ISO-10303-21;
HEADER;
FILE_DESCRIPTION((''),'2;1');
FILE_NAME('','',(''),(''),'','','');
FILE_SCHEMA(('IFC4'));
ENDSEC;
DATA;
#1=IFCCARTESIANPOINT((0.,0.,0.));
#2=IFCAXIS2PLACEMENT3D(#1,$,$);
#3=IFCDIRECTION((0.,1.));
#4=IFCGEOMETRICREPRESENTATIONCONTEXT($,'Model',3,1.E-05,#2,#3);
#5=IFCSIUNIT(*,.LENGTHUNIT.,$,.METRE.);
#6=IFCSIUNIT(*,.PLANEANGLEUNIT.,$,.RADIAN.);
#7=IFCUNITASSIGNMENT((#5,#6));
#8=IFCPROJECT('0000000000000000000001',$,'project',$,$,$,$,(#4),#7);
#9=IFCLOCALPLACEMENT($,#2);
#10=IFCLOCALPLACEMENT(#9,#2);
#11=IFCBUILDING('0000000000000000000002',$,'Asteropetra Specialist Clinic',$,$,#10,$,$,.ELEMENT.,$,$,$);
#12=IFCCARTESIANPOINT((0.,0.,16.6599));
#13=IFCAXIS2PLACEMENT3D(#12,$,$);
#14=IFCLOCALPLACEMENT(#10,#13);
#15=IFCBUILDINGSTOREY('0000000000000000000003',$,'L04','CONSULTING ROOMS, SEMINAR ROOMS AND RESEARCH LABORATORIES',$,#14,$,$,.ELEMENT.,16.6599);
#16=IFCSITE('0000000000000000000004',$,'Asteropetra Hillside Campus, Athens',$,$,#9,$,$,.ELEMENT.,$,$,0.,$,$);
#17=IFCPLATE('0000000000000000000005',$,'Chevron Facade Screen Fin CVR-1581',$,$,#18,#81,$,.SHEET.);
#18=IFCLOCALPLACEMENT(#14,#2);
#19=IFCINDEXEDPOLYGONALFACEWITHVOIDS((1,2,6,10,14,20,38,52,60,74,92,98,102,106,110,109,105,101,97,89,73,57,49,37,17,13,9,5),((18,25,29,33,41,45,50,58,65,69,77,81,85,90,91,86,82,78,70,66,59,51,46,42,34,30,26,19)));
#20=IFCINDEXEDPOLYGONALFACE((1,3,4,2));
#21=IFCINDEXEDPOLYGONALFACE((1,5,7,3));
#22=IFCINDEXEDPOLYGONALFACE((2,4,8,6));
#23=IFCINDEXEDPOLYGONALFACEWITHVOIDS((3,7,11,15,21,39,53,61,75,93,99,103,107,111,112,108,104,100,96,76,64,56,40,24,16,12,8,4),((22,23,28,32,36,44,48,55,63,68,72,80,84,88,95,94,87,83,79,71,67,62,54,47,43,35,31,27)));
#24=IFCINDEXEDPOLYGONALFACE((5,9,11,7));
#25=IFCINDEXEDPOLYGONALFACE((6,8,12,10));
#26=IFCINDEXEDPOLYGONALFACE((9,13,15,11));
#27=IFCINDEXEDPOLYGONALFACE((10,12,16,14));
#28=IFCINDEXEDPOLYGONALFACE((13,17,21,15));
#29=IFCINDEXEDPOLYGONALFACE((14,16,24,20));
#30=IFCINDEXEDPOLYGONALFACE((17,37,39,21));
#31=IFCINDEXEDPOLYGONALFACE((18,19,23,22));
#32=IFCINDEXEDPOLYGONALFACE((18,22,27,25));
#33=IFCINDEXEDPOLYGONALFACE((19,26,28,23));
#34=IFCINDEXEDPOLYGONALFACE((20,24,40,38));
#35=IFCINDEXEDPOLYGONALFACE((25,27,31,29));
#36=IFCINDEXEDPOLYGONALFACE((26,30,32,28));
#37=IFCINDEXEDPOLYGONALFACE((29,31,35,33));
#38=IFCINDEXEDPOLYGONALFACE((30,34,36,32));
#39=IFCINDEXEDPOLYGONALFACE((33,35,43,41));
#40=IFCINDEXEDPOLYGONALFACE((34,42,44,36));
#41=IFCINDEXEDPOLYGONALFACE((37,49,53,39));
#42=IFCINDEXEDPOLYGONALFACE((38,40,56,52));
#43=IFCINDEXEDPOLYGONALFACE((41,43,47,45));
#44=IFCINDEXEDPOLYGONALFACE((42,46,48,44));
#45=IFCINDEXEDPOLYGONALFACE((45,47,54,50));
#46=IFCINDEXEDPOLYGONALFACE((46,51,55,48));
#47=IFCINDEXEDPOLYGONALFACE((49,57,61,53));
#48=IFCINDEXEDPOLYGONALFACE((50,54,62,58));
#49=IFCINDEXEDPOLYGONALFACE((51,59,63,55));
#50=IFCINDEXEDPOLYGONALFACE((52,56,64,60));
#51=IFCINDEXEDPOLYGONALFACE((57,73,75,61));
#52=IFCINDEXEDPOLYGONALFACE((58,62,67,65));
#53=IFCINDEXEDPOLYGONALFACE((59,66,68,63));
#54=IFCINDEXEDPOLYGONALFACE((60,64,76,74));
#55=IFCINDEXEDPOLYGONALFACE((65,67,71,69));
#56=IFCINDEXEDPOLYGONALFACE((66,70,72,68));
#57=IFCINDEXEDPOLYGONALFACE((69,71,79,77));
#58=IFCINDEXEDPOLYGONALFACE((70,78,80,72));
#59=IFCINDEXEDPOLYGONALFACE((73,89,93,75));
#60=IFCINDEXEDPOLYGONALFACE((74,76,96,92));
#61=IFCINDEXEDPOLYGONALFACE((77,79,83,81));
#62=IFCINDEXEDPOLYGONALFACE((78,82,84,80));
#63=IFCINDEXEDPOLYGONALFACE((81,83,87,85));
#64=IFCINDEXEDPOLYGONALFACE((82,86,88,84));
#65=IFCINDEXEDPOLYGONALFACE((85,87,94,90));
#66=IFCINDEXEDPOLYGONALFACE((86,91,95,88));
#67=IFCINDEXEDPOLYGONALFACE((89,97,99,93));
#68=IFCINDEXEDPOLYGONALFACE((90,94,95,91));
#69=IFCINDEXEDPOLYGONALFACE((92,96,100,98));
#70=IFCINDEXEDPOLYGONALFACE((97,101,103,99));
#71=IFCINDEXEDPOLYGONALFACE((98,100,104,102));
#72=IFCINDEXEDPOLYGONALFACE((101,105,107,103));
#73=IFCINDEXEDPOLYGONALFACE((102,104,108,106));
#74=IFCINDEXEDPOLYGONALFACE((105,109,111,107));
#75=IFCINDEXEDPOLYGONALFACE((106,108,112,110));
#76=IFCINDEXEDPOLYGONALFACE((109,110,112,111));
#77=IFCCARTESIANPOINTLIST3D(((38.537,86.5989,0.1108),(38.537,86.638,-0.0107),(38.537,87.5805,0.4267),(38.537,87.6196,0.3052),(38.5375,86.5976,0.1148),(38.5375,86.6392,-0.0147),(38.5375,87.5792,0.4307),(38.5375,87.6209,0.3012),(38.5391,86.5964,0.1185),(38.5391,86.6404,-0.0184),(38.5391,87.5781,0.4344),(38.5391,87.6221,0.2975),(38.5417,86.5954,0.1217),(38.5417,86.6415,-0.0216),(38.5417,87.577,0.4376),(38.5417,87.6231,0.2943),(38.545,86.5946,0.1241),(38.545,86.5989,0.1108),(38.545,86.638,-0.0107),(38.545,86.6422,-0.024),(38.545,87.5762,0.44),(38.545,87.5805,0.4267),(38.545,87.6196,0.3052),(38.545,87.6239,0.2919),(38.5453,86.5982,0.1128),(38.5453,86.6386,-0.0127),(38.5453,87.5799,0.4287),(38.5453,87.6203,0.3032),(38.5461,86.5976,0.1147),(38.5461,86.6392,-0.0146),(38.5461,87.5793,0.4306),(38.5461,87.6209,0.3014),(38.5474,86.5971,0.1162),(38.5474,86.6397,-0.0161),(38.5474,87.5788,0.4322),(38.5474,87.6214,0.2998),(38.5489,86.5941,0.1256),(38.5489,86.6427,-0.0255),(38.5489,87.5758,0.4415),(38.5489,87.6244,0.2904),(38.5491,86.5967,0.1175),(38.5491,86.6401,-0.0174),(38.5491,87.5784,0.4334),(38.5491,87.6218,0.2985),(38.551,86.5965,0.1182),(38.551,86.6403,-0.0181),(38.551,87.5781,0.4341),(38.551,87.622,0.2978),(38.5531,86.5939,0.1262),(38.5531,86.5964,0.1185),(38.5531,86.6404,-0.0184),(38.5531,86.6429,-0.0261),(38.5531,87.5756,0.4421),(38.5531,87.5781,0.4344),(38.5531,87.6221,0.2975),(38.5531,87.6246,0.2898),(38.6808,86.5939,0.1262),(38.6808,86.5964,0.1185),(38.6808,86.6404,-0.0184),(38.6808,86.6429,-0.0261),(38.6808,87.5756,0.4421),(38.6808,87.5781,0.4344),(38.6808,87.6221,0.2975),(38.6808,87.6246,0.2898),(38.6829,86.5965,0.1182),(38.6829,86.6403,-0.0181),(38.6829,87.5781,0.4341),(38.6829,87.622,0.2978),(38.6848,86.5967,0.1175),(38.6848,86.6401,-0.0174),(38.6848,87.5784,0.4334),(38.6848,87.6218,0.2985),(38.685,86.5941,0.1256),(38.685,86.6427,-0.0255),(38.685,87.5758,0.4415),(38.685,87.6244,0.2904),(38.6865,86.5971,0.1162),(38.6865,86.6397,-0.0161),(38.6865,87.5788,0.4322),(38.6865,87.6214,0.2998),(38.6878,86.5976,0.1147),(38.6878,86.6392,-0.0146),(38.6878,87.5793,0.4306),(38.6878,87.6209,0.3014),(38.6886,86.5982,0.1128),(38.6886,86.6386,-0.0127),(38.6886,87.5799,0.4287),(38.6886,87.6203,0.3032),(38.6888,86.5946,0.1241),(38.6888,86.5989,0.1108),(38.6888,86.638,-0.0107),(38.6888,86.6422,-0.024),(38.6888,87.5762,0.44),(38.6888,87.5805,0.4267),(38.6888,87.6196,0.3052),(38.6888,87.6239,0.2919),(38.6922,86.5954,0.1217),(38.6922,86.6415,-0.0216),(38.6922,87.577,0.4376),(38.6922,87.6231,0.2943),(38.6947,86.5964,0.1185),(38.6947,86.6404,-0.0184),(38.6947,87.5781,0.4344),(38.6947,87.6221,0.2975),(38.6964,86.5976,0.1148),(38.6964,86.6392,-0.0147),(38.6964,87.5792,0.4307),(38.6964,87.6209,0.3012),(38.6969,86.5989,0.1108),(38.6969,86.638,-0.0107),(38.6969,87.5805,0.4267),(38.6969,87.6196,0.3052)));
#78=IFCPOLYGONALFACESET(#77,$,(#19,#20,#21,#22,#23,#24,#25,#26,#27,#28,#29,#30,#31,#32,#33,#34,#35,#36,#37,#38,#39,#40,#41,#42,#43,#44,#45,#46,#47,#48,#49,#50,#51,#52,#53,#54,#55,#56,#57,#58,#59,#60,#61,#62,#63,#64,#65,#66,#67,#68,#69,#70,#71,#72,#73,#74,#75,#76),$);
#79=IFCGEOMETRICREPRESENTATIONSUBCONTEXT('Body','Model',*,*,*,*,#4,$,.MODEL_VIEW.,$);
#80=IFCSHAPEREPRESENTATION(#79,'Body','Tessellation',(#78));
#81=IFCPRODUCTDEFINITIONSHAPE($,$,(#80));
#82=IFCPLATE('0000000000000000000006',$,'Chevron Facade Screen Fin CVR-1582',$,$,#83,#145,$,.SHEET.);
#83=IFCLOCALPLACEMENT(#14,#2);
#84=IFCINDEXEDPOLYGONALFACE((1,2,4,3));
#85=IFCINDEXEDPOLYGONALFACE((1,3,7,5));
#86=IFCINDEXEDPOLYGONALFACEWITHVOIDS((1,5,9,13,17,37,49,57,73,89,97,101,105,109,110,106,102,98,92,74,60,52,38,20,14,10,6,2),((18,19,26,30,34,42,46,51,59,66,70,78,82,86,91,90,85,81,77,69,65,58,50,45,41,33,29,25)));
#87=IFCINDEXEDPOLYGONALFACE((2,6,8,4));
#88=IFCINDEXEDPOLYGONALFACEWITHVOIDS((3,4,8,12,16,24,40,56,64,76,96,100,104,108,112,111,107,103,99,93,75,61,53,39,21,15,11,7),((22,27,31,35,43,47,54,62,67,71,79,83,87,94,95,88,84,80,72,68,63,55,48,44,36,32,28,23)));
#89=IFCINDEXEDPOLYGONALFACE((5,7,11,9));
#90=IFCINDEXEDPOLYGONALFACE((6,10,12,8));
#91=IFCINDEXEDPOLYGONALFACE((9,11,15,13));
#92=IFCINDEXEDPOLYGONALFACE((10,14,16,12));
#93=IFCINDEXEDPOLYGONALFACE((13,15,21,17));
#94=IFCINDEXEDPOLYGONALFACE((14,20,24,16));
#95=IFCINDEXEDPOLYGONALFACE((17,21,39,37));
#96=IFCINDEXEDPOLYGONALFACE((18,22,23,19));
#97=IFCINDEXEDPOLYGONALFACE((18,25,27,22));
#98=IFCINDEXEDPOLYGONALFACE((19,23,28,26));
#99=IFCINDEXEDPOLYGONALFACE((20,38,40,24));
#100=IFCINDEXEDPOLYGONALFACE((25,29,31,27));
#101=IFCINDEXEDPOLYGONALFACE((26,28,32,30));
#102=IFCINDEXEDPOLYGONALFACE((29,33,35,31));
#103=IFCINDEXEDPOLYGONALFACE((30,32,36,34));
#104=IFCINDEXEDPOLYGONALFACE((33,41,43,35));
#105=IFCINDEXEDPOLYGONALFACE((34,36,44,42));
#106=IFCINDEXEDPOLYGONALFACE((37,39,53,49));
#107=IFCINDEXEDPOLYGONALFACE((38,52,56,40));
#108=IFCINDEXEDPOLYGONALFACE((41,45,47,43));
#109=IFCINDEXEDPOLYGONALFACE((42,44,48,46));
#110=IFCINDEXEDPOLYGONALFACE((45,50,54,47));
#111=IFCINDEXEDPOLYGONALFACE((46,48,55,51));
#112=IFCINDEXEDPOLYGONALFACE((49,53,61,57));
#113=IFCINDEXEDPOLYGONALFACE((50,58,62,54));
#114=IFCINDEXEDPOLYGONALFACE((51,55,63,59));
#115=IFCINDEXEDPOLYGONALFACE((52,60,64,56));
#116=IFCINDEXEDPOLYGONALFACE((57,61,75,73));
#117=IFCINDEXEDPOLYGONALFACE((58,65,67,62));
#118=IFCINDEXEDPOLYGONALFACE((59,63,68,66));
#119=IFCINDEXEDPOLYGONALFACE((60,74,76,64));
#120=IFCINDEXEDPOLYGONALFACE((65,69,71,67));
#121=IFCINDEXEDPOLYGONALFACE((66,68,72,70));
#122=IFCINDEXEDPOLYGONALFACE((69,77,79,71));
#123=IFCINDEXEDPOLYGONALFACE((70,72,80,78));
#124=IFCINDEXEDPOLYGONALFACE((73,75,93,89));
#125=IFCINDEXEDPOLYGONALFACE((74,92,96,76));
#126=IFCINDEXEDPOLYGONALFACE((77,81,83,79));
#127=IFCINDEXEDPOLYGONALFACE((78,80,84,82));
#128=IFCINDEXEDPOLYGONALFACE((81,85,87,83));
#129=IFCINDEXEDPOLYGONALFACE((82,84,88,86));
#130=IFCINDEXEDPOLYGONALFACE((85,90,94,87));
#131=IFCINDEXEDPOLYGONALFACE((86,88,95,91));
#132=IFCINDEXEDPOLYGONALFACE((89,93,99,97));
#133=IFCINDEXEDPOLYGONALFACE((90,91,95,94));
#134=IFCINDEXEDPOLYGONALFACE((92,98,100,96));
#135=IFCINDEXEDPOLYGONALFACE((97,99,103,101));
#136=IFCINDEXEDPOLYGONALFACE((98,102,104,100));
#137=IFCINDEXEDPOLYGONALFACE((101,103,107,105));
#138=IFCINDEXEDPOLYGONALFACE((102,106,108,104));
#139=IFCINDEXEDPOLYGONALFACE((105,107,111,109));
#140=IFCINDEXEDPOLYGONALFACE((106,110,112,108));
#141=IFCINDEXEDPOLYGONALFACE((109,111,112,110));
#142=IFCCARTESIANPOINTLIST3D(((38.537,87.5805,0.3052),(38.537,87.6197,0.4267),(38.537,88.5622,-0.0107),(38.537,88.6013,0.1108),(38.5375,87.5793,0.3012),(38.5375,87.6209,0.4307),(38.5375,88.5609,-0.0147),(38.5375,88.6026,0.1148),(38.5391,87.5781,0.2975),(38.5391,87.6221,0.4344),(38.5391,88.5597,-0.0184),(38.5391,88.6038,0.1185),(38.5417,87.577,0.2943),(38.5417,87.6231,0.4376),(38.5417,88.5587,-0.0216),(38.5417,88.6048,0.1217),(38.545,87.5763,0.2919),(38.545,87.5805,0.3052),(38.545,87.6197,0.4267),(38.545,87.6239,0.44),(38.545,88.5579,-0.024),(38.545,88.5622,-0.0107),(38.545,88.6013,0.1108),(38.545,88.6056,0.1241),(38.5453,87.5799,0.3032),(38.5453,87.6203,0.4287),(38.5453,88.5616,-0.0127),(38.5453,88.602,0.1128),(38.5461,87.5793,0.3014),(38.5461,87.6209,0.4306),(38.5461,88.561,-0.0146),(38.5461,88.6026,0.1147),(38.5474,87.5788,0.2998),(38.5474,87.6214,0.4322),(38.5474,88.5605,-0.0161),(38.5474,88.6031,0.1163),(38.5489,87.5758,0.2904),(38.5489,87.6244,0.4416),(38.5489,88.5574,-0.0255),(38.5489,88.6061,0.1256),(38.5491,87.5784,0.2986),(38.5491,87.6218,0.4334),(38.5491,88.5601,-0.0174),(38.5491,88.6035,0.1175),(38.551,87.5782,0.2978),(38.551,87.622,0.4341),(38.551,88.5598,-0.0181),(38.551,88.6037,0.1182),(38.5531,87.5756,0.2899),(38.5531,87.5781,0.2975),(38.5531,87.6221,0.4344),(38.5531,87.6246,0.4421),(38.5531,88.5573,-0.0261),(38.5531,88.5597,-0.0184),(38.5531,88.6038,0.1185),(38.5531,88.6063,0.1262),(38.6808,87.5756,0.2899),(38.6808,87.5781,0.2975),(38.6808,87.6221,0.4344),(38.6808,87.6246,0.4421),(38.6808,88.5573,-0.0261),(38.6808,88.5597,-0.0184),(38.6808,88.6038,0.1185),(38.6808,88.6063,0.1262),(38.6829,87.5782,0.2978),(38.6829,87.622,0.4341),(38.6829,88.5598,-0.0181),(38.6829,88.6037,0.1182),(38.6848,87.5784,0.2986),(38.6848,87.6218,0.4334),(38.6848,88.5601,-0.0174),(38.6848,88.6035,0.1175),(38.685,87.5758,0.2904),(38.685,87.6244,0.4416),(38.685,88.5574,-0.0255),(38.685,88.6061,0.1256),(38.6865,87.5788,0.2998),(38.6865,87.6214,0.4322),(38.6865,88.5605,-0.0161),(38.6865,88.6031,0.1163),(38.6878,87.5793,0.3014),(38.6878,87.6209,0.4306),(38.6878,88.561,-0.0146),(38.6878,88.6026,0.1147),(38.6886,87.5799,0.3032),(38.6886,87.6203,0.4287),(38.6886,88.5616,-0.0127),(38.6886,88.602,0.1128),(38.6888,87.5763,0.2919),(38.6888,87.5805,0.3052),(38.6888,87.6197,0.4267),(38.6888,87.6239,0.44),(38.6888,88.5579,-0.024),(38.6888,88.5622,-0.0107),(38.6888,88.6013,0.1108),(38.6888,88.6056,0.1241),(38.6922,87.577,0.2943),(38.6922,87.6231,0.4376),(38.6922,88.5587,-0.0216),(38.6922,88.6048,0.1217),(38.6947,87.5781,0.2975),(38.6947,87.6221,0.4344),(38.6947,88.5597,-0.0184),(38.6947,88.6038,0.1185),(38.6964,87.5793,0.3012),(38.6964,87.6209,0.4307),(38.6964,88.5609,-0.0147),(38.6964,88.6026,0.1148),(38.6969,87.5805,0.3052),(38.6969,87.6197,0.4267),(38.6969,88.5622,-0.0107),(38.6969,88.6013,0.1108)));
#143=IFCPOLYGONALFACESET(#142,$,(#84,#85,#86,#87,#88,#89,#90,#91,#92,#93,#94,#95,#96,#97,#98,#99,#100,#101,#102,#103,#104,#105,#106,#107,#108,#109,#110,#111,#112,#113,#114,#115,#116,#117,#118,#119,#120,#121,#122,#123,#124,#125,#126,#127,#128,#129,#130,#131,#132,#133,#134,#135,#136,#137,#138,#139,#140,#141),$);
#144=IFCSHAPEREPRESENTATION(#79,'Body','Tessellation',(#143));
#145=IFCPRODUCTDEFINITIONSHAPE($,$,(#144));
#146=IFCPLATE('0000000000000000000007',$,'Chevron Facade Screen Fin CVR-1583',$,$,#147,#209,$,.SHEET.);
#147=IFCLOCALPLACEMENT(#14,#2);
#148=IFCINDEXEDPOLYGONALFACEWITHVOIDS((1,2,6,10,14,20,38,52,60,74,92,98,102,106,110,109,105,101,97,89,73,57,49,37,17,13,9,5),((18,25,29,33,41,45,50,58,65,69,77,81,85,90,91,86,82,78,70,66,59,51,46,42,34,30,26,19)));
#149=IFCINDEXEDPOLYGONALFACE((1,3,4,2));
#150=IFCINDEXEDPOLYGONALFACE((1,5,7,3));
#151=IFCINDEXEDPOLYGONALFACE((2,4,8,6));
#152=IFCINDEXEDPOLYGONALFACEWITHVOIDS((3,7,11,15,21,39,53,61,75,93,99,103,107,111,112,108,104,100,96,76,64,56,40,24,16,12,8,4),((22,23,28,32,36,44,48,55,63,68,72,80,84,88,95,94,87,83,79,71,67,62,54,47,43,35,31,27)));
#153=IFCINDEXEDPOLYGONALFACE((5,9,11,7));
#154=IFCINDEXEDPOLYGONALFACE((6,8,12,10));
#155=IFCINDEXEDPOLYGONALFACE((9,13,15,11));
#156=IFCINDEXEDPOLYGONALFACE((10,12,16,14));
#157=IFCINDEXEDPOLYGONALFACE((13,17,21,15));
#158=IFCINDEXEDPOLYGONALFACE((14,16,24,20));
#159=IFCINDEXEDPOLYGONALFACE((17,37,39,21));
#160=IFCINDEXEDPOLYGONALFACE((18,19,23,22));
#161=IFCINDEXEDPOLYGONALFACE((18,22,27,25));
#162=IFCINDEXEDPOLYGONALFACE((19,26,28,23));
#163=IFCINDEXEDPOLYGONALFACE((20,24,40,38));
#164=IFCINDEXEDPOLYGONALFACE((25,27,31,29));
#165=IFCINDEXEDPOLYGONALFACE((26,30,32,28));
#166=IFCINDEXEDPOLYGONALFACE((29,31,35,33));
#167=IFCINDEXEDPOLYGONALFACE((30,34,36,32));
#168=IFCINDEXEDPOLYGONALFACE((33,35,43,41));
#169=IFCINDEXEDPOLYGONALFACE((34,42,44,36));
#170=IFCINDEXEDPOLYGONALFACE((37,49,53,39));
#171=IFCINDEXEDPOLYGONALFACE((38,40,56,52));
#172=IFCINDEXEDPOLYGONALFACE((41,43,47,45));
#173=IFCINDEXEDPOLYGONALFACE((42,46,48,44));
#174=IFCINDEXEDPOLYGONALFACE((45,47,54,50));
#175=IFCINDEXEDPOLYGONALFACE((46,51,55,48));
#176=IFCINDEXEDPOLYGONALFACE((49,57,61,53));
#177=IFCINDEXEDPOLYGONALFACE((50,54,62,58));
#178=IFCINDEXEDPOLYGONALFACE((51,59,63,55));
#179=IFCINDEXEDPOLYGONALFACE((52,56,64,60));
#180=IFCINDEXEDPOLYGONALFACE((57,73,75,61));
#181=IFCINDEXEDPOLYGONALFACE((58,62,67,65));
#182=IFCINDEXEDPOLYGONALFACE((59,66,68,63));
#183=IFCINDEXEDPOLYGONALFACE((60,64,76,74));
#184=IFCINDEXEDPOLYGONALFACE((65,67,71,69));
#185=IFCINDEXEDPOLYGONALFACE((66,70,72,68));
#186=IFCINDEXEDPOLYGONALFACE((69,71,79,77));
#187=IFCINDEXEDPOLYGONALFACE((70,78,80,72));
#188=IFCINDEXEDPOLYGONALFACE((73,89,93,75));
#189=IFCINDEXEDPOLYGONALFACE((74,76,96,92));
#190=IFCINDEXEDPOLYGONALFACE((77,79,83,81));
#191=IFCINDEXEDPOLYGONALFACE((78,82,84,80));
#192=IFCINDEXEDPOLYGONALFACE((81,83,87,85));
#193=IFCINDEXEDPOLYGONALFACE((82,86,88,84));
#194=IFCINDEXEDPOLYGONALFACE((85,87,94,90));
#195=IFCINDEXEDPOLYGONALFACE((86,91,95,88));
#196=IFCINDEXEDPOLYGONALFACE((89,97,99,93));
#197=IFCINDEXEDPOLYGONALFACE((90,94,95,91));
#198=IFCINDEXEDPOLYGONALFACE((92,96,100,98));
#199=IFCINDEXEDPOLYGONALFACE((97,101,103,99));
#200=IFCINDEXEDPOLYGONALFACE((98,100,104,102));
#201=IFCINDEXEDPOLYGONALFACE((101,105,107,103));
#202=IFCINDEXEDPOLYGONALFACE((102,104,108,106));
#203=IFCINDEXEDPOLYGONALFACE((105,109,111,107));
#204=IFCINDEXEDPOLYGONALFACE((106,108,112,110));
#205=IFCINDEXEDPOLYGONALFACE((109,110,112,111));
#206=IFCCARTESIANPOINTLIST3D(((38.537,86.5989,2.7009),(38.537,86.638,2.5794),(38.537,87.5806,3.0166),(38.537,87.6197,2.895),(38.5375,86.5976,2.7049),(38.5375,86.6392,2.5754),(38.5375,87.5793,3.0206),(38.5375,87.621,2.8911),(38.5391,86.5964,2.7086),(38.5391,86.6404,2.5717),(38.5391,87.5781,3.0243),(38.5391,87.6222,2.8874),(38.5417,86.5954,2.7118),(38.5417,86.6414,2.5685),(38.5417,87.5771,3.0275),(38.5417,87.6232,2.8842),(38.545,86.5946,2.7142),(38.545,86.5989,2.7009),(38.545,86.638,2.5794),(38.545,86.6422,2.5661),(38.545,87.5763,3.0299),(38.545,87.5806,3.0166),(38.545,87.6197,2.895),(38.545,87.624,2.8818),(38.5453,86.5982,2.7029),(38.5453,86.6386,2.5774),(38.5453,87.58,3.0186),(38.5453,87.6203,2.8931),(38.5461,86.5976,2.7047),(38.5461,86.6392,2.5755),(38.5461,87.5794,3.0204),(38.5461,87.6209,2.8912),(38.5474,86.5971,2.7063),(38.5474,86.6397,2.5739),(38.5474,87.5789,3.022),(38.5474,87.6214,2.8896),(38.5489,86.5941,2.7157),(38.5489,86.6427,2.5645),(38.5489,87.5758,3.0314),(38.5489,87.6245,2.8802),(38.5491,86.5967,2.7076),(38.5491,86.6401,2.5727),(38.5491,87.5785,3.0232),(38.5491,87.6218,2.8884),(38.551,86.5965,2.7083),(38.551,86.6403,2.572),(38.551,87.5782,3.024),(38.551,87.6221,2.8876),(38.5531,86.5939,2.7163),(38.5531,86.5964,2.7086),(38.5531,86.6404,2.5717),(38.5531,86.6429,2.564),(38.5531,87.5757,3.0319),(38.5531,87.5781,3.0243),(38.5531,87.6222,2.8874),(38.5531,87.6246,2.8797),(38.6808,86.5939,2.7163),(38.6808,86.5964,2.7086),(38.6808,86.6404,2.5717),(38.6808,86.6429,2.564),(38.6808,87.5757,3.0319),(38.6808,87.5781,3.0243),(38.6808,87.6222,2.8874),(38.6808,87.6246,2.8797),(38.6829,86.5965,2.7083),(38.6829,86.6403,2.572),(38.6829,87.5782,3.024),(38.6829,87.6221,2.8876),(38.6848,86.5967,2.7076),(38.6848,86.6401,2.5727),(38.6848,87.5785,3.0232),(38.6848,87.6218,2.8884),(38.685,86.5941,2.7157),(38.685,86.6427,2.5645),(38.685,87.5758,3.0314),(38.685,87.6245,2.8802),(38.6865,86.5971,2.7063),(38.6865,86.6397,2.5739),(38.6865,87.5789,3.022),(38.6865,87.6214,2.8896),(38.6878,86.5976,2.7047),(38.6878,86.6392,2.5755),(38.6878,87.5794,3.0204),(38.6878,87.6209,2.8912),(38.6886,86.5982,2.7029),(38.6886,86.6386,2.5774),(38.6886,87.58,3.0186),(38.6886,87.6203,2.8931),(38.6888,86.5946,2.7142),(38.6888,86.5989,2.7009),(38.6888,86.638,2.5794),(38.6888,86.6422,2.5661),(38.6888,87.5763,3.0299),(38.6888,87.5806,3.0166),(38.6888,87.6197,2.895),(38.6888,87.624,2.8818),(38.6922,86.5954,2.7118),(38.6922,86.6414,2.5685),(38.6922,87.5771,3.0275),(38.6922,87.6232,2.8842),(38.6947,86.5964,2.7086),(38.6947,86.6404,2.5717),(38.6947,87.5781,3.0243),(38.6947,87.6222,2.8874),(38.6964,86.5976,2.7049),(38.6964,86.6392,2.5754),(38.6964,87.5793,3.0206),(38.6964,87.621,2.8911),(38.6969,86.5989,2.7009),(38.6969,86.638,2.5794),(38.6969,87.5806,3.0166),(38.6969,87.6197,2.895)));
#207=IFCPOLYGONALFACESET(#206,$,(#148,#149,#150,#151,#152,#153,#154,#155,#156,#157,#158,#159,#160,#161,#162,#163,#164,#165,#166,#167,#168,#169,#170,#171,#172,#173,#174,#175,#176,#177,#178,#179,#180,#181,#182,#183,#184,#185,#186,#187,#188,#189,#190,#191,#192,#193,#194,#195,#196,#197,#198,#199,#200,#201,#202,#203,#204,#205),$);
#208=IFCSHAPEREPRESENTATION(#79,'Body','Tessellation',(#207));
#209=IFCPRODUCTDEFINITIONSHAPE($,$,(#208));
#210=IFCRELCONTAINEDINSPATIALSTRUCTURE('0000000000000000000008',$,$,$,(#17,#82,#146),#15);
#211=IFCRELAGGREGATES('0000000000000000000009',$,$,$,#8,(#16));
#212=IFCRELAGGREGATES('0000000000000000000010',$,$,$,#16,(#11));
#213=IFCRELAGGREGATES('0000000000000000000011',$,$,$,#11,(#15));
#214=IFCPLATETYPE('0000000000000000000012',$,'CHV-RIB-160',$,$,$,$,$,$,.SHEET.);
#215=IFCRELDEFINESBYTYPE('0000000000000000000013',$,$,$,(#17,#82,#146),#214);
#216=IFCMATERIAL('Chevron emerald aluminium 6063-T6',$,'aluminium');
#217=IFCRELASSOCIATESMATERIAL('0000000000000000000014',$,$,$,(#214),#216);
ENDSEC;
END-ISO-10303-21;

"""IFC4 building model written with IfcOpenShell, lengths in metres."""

from ifc_helpers import new_model, si_unit, direction, frame, origin, origin_2d, place, context, subcontext, project, spatial, hollow_rectangle, extrude, material, material_profile, profile_set, type_object, element, save


model = new_model("IFC4")

# Units and contexts
model_context = context("Model", 3, precision=1e-05, world=origin(), true_north=direction((0.0, 1.0)))
body_context = subcontext(model_context, "Body", "Model", "MODEL_VIEW")
ifc_project = project(units=[si_unit("LENGTHUNIT", "METRE"), si_unit("PLANEANGLEUNIT", "RADIAN")], contexts=[model_context])

# Site, building, storey
site_placement = place(None, origin())
site = spatial("IfcSite", under=ifc_project, at=site_placement, Name="Asteropetra Hillside Campus, Athens", CompositionType="ELEMENT", RefElevation=0.0)
building_placement = place(site_placement, origin())
building = spatial("IfcBuilding", under=site, at=building_placement, Name="Asteropetra Specialist Clinic", CompositionType="ELEMENT")
storey_placement = place(building_placement, frame((0.0, 0.0, 16.6599)))
storey = spatial("IfcBuildingStorey", under=building, at=storey_placement, Name="L04", Description="CONSULTING ROOMS, SEMINAR ROOMS AND RESEARCH LABORATORIES", CompositionType="ELEMENT", Elevation=16.6599)

# Plates
ifc_material_1 = material(Name="Chevron emerald aluminium 6063-T6", Category="aluminium")
ifc_material_profile = material_profile(ifc_material_1, hollow_rectangle(XDim=0.1599, YDim=0.1599, WallThickness=0.0081, InnerFilletRadius=0.0081, OuterFilletRadius=0.0161, at=origin_2d()), Name="SHS 160x160x8.0")
ifc_profile_set = profile_set([ifc_material_profile], Name="Chevron emerald aluminium 6063-T6")
plate_type = type_object("IfcPlateType", Name="CHV-RIB-160", PredefinedType="SHEET", material=ifc_profile_set)
for number, where, z_axis, x_axis, name in (
    (1, (38.6169, 86.6184, 0.05), (0.0, 0.951923, 0.306339), (-1.0, 0.0, 0.0), "Chevron Facade Screen Fin CVR-1581"),
    (2, (38.6169, 87.6001, 0.366), (0.0, 0.951923, -0.306339), (-1.0, 0.0, 0.0), "Chevron Facade Screen Fin CVR-1582"),
    (3, (38.6169, 86.6184, 2.6401), (0.0, 0.951992, 0.306124), (-1.0, 0.0, 0.0), "Chevron Facade Screen Fin CVR-1583"),
):
    element("IfcPlate", number, at=place(storey_placement, frame(where, z_axis=z_axis, x_axis=x_axis)), inside=storey, type_object=plate_type, Name=name, PredefinedType="SHEET", context=body_context, shape_type="SweptSolid", body=[
        extrude(hollow_rectangle(XDim=0.1599, YDim=0.1599, WallThickness=0.0081, InnerFilletRadius=0.0081, OuterFilletRadius=0.0161, at=origin_2d()), origin(), (0.0, 0.0, 1.0), 1.0312),
    ])

save(model, "model.ifc")
